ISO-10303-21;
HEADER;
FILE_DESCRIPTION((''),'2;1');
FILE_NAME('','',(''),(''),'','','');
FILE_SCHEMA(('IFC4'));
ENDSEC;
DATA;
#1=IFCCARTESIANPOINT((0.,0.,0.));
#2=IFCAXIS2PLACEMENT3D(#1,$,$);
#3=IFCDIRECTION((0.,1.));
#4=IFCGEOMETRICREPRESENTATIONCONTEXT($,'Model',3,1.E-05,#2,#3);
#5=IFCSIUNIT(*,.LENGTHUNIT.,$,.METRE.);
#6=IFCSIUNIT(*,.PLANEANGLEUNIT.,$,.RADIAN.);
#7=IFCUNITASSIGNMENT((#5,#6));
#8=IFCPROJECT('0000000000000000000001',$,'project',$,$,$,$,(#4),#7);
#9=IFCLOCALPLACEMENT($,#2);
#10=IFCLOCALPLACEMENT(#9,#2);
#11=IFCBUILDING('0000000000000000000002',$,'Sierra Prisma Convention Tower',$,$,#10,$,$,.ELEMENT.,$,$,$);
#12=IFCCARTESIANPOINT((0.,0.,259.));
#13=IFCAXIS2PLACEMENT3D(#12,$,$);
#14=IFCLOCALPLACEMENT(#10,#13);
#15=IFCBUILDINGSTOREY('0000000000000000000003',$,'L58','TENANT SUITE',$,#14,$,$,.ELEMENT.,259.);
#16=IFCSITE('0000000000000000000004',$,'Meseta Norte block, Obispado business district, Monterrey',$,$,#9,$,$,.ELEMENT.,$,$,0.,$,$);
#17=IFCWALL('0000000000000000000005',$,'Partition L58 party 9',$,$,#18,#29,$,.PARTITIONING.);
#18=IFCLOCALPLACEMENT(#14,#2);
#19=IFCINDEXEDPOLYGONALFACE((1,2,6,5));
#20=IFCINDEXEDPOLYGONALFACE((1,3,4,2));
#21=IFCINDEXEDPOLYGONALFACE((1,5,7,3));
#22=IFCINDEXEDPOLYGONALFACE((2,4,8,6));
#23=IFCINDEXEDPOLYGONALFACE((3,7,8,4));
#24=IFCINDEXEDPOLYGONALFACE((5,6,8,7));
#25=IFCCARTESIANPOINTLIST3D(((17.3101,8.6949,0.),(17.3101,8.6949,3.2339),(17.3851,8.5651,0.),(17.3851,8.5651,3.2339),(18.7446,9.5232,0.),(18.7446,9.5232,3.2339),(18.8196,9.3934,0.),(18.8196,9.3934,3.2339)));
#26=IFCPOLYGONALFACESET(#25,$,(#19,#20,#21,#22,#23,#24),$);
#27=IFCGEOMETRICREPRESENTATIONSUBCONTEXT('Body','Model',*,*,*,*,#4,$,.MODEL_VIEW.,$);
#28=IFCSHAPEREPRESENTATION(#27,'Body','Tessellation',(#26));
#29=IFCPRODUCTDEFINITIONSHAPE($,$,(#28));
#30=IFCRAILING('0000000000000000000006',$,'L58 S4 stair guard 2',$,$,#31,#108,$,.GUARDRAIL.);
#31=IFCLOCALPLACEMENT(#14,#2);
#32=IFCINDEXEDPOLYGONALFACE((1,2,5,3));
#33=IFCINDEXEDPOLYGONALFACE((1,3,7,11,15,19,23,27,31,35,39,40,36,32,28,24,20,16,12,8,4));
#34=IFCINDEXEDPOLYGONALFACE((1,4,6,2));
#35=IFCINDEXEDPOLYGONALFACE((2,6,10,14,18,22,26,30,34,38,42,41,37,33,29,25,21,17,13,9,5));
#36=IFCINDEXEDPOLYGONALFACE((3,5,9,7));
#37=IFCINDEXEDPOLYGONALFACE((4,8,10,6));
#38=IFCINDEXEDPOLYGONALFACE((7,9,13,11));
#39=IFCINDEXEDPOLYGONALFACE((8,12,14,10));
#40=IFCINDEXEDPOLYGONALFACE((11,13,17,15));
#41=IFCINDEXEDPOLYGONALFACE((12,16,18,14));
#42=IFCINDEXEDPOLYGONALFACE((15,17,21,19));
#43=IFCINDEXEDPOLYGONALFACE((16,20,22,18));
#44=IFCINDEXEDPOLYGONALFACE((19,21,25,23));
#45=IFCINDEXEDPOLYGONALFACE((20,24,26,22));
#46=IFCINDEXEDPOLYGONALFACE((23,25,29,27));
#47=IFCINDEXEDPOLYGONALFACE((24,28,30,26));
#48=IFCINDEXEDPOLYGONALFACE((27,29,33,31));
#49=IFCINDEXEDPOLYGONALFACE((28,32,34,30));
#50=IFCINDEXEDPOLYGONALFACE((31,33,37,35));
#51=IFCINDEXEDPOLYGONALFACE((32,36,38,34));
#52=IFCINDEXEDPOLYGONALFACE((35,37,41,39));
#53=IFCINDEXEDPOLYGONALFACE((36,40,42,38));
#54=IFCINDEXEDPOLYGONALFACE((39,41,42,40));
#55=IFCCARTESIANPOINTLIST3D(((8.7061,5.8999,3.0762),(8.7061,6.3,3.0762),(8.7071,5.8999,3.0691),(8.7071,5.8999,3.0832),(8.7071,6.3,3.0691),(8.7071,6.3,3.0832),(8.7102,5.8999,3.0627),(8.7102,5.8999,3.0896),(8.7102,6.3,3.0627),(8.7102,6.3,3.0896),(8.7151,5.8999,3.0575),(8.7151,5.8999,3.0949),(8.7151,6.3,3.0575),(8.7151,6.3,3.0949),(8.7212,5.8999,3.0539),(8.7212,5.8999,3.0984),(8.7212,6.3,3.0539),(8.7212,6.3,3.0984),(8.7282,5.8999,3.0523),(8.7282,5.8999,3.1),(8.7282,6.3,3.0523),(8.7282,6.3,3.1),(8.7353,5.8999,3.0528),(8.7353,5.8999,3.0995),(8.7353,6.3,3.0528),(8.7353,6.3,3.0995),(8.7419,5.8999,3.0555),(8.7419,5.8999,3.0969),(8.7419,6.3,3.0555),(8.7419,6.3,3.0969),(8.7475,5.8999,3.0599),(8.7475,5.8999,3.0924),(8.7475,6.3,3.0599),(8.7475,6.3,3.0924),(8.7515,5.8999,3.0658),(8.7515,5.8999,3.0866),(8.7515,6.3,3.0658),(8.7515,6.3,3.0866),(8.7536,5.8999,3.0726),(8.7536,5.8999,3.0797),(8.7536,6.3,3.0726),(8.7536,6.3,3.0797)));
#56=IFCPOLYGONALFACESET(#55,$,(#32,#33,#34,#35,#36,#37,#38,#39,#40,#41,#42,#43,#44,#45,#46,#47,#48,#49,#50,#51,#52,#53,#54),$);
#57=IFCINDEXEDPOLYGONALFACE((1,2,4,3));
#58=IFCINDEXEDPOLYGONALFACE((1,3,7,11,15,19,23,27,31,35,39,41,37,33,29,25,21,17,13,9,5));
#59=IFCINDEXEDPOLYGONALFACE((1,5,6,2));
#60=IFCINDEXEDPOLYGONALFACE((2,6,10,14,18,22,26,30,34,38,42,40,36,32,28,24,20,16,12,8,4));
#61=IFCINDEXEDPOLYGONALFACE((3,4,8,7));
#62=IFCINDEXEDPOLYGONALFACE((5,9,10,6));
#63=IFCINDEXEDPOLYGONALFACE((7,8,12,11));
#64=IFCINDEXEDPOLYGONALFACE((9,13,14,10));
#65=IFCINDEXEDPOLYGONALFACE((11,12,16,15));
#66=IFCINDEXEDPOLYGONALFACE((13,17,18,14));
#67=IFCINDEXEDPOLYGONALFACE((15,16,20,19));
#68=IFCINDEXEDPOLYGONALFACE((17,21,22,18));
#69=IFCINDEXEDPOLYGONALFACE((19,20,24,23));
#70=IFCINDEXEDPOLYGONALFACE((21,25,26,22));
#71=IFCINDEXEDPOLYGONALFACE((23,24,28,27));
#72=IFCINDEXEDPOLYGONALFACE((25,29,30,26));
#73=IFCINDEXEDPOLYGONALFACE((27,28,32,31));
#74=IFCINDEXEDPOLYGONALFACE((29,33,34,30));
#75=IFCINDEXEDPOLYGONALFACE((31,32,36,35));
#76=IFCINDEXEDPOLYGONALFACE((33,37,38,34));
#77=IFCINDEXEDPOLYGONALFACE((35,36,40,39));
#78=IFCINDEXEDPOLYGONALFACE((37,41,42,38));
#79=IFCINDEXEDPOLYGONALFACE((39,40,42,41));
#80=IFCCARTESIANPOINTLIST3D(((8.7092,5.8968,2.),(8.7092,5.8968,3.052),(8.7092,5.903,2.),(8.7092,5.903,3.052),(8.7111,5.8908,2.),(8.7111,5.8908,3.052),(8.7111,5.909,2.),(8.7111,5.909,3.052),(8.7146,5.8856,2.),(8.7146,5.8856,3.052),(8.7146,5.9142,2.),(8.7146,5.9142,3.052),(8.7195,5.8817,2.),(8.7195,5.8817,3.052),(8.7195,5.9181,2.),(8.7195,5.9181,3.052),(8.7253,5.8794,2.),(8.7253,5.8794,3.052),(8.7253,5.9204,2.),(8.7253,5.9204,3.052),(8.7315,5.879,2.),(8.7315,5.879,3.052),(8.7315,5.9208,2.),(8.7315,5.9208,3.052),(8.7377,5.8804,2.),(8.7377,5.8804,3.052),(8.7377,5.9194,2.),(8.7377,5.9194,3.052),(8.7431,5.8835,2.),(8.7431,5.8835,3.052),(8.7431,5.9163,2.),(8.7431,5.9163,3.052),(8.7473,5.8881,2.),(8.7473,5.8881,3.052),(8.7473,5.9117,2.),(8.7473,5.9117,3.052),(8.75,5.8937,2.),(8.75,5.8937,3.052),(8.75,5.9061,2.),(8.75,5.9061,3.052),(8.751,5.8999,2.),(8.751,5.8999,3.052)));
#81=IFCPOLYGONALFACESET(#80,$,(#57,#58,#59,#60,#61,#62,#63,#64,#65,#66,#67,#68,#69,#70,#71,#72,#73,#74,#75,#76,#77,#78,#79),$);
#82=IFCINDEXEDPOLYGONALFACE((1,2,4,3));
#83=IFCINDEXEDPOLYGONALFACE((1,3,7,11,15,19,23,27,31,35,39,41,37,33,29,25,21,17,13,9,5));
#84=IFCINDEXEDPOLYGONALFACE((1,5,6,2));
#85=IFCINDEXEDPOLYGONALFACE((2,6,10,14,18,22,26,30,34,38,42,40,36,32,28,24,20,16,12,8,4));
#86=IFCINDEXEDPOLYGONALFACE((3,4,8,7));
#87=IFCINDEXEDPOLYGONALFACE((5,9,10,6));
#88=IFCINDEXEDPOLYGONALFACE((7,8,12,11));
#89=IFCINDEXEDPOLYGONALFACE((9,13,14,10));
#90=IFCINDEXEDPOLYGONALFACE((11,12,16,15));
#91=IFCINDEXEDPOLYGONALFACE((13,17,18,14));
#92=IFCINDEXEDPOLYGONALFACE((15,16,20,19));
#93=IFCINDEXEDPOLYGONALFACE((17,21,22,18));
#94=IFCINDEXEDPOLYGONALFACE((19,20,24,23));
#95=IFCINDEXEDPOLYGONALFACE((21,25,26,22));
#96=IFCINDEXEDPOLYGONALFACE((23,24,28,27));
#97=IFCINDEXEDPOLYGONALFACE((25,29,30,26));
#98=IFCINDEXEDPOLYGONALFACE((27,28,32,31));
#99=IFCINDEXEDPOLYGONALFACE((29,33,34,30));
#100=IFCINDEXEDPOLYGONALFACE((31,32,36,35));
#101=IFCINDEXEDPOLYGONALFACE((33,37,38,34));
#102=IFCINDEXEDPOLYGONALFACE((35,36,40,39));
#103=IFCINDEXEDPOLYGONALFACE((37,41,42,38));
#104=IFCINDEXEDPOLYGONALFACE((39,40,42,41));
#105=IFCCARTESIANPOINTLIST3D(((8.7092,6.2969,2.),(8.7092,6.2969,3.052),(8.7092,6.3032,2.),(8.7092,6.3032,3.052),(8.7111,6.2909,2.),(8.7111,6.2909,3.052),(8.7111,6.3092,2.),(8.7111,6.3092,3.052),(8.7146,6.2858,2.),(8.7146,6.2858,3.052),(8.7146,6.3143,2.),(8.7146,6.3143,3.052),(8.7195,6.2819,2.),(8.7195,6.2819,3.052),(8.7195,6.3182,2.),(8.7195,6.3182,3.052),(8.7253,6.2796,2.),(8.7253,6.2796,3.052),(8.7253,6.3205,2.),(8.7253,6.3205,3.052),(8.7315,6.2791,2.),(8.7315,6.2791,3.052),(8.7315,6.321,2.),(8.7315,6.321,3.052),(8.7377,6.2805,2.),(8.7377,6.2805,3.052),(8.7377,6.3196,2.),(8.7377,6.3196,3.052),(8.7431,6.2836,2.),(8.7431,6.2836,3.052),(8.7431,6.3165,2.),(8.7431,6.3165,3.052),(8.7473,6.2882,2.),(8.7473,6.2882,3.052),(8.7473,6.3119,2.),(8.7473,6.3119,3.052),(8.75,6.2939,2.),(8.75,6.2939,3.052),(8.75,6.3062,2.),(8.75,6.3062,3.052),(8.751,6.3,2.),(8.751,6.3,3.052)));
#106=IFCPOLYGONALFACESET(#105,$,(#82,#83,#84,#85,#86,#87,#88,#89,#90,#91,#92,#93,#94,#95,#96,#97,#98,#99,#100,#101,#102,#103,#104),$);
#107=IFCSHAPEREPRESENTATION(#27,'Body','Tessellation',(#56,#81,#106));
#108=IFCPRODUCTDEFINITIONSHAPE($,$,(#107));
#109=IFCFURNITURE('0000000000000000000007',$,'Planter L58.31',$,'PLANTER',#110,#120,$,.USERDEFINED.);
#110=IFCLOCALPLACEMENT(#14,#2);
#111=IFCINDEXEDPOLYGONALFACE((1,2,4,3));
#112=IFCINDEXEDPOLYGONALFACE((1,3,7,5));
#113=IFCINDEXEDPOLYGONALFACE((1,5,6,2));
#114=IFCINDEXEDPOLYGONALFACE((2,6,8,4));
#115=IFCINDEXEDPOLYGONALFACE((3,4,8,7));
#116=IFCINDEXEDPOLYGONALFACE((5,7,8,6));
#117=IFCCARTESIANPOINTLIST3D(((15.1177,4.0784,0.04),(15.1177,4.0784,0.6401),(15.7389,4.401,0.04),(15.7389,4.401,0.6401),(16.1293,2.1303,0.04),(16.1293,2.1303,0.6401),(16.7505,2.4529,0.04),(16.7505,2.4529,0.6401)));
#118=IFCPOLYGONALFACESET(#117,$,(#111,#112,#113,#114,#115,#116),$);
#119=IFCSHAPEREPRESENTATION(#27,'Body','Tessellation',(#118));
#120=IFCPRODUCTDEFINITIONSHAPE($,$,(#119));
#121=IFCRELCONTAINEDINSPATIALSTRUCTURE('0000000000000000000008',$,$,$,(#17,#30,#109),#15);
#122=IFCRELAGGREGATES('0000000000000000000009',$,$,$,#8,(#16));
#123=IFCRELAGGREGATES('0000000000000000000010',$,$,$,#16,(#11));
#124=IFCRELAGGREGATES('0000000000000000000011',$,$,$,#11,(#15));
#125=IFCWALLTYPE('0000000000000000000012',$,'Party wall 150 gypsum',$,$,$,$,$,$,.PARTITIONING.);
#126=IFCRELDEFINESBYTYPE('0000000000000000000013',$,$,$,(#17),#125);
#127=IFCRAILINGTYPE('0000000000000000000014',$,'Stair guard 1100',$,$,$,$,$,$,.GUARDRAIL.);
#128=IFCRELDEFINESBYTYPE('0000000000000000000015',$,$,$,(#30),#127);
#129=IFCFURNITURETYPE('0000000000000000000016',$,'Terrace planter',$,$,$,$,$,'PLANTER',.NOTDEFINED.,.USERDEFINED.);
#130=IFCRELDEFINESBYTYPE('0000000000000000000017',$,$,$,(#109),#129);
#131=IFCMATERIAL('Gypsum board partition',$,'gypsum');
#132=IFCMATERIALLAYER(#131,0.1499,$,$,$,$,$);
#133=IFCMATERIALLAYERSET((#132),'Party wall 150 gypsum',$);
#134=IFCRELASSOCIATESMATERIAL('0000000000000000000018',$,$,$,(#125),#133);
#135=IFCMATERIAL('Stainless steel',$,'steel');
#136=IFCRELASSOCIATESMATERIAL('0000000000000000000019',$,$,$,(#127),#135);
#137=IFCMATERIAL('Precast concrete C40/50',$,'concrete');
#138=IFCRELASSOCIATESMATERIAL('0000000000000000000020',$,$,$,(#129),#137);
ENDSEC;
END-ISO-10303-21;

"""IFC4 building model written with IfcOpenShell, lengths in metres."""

from ifc_helpers import new_model, si_unit, direction, frame, frame_2d, origin, origin_2d, place, context, subcontext, project, spatial, rectangle, circle, extrude, material, layer, layer_set, type_object, element, save


model = new_model("IFC4")

# Units and contexts
model_context = context("Model", 3, precision=1e-05, world=origin(), true_north=direction((0.0, 1.0)))
body_context = subcontext(model_context, "Body", "Model", "MODEL_VIEW")
ifc_project = project(units=[si_unit("LENGTHUNIT", "METRE"), si_unit("PLANEANGLEUNIT", "RADIAN")], contexts=[model_context])

# Site, building, storey
site_placement = place(None, origin())
site = spatial("IfcSite", under=ifc_project, at=site_placement, Name="Meseta Norte block, Obispado business district, Monterrey", CompositionType="ELEMENT", RefElevation=0.0)
building_placement = place(site_placement, origin())
building = spatial("IfcBuilding", under=site, at=building_placement, Name="Sierra Prisma Convention Tower", CompositionType="ELEMENT")
storey_placement = place(building_placement, frame((0.0, 0.0, 259.0)))
storey = spatial("IfcBuildingStorey", under=building, at=storey_placement, Name="L58", Description="TENANT SUITE", CompositionType="ELEMENT", Elevation=259.0)

# Wall
ifc_material_1 = material(Name="Gypsum board partition", Category="gypsum")
ifc_layer_1 = layer(ifc_material_1, 0.1499)
ifc_layer_set_1 = layer_set([ifc_layer_1], Name="Party wall 150 gypsum")
wall_type_1 = type_object("IfcWallType", Name="Party wall 150 gypsum", PredefinedType="PARTITIONING", material=ifc_layer_set_1)
wall_1_placement = place(storey_placement, frame((18.782, 9.4583, 0.0), z_axis=(0.0, 0.0, 1.0), x_axis=(-0.865994, -0.500054, 0.0)))
element("IfcWall", 1, at=wall_1_placement, inside=storey, type_object=wall_type_1, Name="Partition L58 party 9", PredefinedType="PARTITIONING", context=body_context, shape_type="SweptSolid", body=[
    extrude(rectangle(XDim=1.6565, YDim=0.1499, at=frame_2d((0.8281, 0.0))), origin(), (0.0, 0.0, 1.0), 3.2339),
])

# Railing
ifc_material_2 = material(Name="Stainless steel", Category="steel")
railing_type = type_object("IfcRailingType", Name="Stair guard 1100", PredefinedType="GUARDRAIL", material=ifc_material_2)
railing_placement = place(storey_placement, frame((8.73, 5.8999, 2.0)))
element("IfcRailing", 2, at=railing_placement, inside=storey, type_object=railing_type, Name="L58 S4 stair guard 2", PredefinedType="GUARDRAIL", context=body_context, shape_type="SweptSolid", body=[
    extrude(circle(Radius=0.0239, at=origin_2d()), frame((0.0, 0.0, 1.0762), z_axis=(0.0, 1.0, 0.0), x_axis=(-1.0, 0.0, 0.0)), (0.0, 0.0, 1.0), 0.4001),
    extrude(circle(Radius=0.021, at=origin_2d()), origin(), (0.0, 0.0, 1.0), 1.052),
    extrude(circle(Radius=0.021, at=origin_2d()), frame((0.0, 0.4001, 0.0)), (0.0, 0.0, 1.0), 1.052),
])

# Furniture
ifc_material_3 = material(Name="Precast concrete C40/50", Category="concrete")
furniture_type = type_object("IfcFurnitureType", Name="Terrace planter", ElementType="PLANTER", AssemblyPlace="NOTDEFINED", PredefinedType="USERDEFINED", material=ifc_material_3)
furniture_placement = place(storey_placement, frame((15.9341, 3.2656, 0.04), z_axis=(0.0, 0.0, 1.0), x_axis=(-0.460841, 0.887483, 0.0)))
element("IfcFurniture", 3, at=furniture_placement, inside=storey, type_object=furniture_type, Name="Planter L58.31", ObjectType="PLANTER", PredefinedType="USERDEFINED", context=body_context, shape_type="SweptSolid", body=[
    extrude(rectangle(XDim=2.1951, YDim=0.7, at=origin_2d()), origin(), (0.0, 0.0, 1.0), 0.6001),
])

save(model, "model.ifc")
